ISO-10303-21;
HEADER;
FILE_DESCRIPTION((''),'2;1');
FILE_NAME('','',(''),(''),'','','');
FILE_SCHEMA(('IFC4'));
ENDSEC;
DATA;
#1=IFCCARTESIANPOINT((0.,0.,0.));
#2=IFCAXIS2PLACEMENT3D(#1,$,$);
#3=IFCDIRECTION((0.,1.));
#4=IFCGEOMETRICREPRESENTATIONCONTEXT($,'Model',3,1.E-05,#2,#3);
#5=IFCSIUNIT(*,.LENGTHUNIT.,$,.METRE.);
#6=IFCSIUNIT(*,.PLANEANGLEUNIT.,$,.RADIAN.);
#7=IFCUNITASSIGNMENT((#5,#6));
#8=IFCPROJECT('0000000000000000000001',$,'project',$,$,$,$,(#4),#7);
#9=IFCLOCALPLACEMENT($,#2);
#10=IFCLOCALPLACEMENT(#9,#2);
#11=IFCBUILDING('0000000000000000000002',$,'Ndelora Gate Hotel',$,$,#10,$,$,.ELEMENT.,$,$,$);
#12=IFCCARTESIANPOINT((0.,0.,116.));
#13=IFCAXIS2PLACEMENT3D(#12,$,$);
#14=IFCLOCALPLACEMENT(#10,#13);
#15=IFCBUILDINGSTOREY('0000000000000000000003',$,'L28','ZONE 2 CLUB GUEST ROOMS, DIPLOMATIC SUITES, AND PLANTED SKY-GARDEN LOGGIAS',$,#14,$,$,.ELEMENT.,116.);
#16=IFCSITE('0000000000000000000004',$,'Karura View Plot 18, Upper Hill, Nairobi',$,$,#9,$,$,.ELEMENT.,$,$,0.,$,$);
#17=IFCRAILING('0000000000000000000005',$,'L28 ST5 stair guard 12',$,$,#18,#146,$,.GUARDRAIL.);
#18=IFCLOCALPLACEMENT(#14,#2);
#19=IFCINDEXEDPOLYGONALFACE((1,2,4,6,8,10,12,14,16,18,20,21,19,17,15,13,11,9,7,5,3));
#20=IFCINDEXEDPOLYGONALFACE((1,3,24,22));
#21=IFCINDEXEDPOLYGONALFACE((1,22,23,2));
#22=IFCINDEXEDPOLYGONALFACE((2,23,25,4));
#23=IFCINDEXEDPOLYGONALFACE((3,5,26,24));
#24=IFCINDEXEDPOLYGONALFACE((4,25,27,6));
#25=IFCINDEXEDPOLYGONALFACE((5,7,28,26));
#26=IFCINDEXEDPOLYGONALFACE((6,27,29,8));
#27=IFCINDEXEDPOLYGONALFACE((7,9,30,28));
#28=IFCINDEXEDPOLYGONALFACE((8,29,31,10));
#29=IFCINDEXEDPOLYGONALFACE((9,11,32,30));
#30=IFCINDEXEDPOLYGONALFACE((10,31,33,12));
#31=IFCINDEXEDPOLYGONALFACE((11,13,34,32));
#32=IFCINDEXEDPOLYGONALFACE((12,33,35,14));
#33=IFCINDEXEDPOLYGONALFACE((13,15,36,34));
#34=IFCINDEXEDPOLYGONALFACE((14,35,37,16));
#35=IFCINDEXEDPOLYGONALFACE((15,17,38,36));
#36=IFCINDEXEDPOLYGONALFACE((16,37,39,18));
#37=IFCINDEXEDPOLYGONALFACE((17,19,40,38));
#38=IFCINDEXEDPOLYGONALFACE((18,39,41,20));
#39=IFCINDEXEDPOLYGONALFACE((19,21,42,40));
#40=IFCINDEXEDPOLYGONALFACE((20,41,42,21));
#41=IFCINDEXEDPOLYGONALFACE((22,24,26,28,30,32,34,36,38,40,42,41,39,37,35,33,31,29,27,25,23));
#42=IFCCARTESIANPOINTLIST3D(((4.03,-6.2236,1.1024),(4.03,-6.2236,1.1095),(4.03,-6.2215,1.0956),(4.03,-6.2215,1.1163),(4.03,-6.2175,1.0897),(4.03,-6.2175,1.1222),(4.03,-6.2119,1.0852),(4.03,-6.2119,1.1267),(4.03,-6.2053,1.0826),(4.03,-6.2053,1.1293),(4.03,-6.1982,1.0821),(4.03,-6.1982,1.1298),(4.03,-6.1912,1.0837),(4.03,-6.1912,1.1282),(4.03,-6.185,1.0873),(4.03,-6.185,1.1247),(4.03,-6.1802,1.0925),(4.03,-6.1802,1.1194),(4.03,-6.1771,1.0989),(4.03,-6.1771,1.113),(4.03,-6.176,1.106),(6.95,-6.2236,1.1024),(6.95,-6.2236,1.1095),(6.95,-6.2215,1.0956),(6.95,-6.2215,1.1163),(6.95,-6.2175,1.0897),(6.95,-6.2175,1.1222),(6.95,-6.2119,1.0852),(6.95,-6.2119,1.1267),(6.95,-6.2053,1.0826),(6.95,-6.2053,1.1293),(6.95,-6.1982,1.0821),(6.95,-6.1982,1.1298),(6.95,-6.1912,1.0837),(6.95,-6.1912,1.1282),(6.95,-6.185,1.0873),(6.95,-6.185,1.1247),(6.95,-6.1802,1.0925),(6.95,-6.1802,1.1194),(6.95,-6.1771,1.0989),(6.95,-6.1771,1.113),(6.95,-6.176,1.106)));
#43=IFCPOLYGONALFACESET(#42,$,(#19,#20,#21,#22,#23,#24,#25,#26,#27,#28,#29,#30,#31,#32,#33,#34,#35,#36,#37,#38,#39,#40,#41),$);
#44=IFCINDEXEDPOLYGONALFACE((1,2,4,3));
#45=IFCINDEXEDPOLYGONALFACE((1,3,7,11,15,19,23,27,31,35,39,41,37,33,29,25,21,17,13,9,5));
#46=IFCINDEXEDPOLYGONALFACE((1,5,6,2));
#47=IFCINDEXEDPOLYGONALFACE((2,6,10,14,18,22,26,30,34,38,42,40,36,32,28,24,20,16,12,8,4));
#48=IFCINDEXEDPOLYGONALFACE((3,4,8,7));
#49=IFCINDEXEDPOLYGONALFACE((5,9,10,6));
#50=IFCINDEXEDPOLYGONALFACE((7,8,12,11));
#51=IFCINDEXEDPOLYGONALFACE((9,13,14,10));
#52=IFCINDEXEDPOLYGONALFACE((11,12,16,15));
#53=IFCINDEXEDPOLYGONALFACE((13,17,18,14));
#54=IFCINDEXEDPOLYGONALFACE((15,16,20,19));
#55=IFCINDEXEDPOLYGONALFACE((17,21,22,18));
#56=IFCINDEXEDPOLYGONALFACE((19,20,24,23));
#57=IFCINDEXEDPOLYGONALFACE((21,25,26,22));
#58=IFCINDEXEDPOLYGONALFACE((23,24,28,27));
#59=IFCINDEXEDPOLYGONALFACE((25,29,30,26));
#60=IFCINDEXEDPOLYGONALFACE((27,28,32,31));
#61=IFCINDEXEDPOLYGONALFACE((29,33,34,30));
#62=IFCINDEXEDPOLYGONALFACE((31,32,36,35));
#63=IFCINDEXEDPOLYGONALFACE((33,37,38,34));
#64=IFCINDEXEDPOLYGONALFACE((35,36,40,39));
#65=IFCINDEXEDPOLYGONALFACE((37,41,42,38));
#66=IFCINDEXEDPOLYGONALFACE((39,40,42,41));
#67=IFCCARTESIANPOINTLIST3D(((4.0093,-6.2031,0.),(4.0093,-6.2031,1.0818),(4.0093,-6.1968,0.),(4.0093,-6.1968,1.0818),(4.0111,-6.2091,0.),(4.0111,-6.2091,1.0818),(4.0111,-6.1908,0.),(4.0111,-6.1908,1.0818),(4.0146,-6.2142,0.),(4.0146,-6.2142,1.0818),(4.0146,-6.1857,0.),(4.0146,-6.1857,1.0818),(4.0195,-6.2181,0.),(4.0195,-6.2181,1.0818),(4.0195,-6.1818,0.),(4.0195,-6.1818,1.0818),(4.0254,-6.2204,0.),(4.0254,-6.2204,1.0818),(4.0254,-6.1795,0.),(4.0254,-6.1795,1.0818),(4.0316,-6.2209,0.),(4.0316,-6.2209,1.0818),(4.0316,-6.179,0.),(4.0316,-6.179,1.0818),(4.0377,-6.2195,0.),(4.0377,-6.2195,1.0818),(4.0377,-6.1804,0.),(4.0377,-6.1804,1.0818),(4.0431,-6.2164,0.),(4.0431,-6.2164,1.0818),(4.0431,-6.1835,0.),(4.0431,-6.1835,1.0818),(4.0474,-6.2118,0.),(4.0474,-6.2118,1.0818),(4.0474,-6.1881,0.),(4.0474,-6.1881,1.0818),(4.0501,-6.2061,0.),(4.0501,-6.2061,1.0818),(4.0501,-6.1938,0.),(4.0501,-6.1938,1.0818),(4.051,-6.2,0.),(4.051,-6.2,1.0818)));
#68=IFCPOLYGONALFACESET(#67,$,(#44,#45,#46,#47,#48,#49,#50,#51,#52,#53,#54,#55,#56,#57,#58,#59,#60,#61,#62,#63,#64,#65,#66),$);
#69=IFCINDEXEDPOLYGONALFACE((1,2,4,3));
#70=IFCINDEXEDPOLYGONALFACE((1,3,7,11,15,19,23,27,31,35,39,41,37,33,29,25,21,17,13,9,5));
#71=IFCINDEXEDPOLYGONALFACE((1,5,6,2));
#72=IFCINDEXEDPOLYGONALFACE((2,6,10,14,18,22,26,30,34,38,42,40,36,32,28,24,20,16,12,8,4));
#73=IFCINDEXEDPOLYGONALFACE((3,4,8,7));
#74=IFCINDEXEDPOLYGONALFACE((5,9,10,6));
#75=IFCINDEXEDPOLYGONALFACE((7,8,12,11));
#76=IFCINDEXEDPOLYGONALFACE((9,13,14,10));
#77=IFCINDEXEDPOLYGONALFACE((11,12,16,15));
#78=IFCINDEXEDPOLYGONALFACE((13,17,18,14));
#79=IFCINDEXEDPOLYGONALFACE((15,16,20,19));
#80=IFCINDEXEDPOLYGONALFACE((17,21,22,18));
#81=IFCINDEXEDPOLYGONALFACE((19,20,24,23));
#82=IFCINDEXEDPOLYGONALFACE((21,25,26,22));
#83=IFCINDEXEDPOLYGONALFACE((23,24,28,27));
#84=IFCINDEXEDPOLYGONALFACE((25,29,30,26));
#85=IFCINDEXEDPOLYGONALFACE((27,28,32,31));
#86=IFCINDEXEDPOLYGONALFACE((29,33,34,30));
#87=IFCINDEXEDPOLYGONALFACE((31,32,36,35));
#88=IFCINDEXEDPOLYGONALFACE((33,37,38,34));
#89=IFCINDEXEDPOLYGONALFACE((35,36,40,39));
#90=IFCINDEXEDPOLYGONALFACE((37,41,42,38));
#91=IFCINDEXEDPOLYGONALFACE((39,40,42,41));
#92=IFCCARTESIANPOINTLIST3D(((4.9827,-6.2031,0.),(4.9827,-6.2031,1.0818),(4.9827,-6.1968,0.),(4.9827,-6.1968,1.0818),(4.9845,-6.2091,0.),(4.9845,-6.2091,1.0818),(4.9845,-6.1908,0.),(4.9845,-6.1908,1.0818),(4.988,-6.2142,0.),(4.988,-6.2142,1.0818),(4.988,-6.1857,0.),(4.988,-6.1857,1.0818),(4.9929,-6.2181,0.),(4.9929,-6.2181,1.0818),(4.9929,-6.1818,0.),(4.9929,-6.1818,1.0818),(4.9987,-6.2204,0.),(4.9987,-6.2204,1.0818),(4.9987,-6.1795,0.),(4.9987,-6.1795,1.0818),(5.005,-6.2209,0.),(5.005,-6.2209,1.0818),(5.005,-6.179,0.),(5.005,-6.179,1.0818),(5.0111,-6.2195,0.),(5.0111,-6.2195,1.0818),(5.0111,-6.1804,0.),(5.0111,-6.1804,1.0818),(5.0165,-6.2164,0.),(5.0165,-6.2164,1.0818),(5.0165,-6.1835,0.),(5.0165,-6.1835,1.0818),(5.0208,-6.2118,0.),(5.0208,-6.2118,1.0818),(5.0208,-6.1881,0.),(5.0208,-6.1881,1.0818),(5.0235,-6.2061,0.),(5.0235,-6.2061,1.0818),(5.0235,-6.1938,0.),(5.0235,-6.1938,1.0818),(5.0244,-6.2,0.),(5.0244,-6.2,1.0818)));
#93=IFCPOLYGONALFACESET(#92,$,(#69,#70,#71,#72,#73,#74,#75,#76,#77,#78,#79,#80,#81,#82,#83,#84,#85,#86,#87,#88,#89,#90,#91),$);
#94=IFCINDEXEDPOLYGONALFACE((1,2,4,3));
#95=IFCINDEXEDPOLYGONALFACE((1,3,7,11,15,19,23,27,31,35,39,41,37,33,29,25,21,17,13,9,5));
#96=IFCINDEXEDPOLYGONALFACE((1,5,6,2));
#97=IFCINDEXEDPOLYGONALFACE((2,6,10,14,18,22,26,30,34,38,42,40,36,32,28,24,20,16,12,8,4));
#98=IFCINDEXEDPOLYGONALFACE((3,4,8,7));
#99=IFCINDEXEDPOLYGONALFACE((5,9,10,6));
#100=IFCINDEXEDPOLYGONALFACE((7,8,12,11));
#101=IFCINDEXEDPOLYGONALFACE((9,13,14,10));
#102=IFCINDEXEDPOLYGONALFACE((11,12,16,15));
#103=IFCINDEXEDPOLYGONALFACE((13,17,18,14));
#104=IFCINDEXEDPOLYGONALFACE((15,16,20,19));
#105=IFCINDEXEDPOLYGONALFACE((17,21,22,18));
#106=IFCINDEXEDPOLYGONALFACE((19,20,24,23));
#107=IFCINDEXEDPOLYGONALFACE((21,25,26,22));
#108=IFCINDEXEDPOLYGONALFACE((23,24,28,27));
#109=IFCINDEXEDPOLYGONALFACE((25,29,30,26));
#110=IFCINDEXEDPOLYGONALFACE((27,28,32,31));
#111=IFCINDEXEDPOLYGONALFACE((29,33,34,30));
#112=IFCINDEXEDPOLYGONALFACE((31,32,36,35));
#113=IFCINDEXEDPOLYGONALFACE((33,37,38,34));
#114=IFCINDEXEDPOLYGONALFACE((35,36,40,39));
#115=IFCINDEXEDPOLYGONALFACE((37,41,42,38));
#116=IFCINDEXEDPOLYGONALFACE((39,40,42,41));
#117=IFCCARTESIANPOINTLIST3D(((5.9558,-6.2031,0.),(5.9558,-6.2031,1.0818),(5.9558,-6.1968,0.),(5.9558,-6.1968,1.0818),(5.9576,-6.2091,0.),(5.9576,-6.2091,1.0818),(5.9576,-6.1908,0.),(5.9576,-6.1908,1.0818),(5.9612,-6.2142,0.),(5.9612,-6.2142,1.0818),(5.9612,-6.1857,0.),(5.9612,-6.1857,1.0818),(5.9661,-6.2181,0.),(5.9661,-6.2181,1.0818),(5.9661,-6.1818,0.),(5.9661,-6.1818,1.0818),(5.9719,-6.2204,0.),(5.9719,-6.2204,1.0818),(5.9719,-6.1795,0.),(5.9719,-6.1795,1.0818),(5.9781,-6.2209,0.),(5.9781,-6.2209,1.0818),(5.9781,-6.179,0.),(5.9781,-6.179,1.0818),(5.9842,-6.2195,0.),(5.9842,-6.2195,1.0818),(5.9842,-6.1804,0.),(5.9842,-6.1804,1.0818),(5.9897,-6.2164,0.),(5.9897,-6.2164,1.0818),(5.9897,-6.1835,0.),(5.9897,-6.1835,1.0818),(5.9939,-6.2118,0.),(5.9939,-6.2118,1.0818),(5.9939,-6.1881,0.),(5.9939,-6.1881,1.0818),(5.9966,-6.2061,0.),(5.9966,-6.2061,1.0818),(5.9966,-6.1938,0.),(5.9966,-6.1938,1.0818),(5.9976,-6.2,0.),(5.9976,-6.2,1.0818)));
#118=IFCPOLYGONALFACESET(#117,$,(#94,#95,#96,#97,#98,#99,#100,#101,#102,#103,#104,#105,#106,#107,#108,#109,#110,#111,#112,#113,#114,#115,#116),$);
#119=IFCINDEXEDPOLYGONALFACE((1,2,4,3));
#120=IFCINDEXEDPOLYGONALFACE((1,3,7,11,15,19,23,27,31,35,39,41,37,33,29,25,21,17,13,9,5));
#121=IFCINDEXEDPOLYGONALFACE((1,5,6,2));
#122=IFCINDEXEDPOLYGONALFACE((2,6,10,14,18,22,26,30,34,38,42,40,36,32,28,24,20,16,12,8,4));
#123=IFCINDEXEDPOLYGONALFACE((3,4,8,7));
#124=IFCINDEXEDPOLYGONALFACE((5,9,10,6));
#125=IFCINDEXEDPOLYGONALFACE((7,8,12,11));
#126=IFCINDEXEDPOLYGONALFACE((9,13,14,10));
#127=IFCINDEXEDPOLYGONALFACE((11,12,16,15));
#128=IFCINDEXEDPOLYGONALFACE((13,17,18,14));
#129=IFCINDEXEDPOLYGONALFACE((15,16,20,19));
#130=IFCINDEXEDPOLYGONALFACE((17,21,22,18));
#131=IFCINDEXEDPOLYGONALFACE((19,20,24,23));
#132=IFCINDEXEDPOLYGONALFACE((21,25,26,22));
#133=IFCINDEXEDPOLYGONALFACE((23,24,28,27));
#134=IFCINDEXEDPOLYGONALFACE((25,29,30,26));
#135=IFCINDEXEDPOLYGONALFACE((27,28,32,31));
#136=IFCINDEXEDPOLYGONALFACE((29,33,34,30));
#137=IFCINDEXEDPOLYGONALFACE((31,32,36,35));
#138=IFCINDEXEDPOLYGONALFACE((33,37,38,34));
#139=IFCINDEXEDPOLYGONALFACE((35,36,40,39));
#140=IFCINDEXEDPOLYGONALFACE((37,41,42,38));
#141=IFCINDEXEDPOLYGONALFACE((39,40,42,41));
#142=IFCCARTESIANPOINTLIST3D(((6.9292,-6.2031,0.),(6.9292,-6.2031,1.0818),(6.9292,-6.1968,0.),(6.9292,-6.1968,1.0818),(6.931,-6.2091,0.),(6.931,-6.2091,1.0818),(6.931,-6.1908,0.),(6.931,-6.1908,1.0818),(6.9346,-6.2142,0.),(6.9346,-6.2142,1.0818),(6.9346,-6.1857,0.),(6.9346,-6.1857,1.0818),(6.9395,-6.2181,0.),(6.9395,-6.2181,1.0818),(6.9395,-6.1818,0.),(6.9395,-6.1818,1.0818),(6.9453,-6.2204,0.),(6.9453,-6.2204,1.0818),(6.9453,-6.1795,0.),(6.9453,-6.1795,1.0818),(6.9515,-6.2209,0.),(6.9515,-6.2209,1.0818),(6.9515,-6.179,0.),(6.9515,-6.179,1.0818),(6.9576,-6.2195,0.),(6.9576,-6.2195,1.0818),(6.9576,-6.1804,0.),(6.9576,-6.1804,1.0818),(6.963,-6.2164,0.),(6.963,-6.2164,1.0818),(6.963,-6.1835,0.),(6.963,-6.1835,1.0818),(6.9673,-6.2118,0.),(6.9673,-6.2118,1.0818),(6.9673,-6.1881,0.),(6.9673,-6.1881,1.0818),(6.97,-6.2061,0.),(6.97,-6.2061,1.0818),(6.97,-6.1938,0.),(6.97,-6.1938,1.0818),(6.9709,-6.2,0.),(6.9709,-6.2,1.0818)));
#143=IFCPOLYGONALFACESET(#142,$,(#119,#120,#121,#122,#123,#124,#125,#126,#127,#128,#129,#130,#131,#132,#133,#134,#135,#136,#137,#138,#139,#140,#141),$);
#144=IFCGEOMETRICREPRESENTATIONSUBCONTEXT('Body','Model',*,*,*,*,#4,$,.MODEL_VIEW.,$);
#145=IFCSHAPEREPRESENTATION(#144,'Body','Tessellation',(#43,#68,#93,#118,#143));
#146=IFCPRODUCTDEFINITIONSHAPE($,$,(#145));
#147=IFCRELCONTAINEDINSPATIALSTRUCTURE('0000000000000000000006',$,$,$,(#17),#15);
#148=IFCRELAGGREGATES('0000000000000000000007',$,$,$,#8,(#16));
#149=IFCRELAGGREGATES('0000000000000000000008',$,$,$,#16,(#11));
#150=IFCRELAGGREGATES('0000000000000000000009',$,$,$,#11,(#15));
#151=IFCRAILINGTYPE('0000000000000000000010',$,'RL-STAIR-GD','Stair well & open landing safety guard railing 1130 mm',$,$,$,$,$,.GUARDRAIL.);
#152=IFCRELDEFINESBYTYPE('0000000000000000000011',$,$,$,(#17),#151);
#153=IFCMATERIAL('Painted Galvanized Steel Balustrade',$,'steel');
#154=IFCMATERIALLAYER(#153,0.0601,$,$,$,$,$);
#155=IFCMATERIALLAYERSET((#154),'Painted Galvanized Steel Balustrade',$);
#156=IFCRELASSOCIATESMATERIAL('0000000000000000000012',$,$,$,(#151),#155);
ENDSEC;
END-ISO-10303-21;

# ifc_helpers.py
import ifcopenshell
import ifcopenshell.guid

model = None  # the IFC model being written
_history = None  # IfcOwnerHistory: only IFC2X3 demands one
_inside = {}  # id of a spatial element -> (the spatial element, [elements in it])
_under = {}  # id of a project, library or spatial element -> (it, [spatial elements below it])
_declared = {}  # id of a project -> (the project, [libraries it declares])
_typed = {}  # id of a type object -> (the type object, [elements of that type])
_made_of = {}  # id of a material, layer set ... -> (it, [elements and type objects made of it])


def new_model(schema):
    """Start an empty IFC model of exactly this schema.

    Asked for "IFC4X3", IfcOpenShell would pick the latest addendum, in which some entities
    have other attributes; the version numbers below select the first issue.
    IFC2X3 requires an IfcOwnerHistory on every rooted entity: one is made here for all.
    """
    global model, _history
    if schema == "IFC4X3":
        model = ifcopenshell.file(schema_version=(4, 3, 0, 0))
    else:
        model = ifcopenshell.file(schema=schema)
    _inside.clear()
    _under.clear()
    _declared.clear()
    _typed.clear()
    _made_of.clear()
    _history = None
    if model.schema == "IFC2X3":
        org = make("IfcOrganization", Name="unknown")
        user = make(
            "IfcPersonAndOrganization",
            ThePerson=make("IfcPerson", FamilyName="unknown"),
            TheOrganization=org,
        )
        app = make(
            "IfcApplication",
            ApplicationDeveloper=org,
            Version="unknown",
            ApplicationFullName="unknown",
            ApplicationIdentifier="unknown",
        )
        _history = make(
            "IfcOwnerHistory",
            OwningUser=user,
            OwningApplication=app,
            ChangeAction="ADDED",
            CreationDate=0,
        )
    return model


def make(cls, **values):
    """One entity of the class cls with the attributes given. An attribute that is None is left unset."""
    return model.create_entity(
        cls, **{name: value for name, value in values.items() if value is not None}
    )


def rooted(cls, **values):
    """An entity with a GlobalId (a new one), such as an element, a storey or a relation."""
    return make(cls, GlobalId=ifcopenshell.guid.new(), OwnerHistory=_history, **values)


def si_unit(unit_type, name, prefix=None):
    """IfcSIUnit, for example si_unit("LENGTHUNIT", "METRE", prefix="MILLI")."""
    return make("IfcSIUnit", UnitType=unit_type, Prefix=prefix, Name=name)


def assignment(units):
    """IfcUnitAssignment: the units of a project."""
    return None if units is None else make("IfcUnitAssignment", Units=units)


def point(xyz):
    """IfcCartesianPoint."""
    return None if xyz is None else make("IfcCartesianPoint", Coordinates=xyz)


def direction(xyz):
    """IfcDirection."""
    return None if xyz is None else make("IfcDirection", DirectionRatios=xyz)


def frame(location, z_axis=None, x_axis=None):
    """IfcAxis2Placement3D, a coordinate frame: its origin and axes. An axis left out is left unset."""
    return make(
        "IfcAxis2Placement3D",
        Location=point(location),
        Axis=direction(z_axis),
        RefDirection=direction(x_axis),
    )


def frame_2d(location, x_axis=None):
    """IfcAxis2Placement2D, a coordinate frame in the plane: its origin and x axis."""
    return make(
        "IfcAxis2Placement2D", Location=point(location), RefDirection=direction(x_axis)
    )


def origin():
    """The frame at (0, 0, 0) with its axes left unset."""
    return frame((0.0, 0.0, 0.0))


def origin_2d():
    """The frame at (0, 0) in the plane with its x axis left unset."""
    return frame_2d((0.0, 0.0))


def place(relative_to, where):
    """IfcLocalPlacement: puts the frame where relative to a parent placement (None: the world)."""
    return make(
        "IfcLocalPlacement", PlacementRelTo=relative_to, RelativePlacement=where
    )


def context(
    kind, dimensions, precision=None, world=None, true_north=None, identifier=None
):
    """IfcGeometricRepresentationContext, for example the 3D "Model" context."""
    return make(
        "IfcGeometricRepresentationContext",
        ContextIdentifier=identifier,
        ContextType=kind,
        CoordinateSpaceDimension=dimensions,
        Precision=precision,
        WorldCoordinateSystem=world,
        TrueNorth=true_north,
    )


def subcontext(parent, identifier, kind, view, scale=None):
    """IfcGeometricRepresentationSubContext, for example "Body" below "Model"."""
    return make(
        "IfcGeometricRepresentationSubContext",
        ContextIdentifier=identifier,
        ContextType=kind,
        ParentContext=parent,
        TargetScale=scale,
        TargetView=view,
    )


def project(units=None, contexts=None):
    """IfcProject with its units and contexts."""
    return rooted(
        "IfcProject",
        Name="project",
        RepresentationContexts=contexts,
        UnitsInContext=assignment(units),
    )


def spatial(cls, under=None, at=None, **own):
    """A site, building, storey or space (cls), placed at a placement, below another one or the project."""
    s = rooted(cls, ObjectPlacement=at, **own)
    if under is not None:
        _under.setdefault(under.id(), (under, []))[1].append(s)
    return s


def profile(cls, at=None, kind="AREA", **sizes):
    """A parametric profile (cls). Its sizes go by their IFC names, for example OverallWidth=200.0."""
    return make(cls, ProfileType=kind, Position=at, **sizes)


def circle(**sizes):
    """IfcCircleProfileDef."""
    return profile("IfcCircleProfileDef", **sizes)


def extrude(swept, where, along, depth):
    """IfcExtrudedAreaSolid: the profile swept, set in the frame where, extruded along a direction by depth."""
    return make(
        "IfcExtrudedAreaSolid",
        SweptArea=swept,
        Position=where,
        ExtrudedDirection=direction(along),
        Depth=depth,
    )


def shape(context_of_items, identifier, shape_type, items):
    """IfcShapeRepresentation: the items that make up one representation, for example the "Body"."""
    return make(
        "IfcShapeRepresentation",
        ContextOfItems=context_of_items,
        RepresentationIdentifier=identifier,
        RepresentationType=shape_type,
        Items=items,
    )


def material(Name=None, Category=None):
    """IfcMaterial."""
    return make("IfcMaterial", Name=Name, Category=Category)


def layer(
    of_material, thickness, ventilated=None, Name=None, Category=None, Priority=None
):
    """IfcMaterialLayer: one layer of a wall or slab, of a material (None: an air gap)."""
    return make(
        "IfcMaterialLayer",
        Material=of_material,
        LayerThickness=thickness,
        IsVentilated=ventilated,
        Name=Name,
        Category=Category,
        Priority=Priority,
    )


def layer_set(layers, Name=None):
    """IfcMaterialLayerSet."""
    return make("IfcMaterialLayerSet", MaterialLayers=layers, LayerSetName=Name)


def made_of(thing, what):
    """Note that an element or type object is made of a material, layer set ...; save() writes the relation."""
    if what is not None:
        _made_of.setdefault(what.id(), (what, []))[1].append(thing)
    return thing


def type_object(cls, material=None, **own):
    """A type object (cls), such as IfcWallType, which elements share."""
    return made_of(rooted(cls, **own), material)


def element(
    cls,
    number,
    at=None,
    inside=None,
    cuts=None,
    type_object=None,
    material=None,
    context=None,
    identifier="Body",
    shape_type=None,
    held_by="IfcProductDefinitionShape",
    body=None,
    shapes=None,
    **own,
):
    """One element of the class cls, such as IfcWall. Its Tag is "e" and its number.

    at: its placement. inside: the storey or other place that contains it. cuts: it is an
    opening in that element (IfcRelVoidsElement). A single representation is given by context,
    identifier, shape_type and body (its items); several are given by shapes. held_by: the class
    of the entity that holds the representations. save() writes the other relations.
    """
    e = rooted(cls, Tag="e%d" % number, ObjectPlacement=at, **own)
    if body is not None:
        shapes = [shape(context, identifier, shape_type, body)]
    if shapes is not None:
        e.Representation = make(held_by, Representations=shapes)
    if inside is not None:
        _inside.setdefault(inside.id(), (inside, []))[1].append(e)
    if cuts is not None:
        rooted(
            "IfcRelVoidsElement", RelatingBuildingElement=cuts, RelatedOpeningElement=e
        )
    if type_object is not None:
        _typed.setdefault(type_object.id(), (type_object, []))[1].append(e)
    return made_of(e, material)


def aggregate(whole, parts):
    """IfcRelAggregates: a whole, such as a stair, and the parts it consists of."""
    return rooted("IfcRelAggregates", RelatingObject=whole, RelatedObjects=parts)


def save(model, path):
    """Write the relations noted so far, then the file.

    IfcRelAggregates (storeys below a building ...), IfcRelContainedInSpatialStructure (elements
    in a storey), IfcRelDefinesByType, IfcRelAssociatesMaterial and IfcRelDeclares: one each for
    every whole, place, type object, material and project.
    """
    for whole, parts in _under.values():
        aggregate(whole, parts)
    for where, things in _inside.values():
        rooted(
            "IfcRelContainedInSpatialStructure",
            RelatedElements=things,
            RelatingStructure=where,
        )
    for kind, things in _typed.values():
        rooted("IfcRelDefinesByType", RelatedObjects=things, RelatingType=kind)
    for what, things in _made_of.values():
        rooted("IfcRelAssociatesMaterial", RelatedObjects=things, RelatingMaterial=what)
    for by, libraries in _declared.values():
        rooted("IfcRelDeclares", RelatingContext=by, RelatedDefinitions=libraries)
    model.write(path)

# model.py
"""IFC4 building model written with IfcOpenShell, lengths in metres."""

from ifc_helpers import new_model, si_unit, direction, frame, origin, origin_2d, place, context, subcontext, project, spatial, circle, extrude, material, layer, layer_set, type_object, element, save


model = new_model("IFC4")

# Units and contexts
model_context = context("Model", 3, precision=1e-05, world=origin(), true_north=direction((0.0, 1.0)))
body_context = subcontext(model_context, "Body", "Model", "MODEL_VIEW")
ifc_project = project(units=[si_unit("LENGTHUNIT", "METRE"), si_unit("PLANEANGLEUNIT", "RADIAN")], contexts=[model_context])

# Site, building, storey
site_placement = place(None, origin())
site = spatial("IfcSite", under=ifc_project, at=site_placement, Name="Karura View Plot 18, Upper Hill, Nairobi", CompositionType="ELEMENT", RefElevation=0.0)
building_placement = place(site_placement, origin())
building = spatial("IfcBuilding", under=site, at=building_placement, Name="Ndelora Gate Hotel", CompositionType="ELEMENT")
storey_placement = place(building_placement, frame((0.0, 0.0, 116.0)))
storey = spatial("IfcBuildingStorey", under=building, at=storey_placement, Name="L28", Description="ZONE 2 CLUB GUEST ROOMS, DIPLOMATIC SUITES, AND PLANTED SKY-GARDEN LOGGIAS", CompositionType="ELEMENT", Elevation=116.0)

# Railing
ifc_material_1 = material(Name="Painted Galvanized Steel Balustrade", Category="steel")
ifc_layer_1 = layer(ifc_material_1, 0.0601)
ifc_layer_set_1 = layer_set([ifc_layer_1], Name="Painted Galvanized Steel Balustrade")
railing_type_1 = type_object("IfcRailingType", Name="RL-STAIR-GD", Description="Stair well & open landing safety guard railing 1130 mm", PredefinedType="GUARDRAIL", material=ifc_layer_set_1)
railing_1_placement = place(storey_placement, frame((4.03, -6.2, 0.0)))
element("IfcRailing", 1, at=railing_1_placement, inside=storey, type_object=railing_type_1, Name="L28 ST5 stair guard 12", PredefinedType="GUARDRAIL", context=body_context, shape_type="SweptSolid", body=[
    extrude(circle(Radius=0.0239, at=origin_2d()), frame((0.0, 0.0, 1.106), z_axis=(1.0, 0.0, 0.0), x_axis=(0.0, 1.0, 0.0)), (0.0, 0.0, 1.0), 2.9199),
    extrude(circle(Radius=0.021, at=origin_2d()), origin(), (0.0, 0.0, 1.0), 1.0818),
    extrude(circle(Radius=0.021, at=origin_2d()), frame((0.9734, 0.0, 0.0)), (0.0, 0.0, 1.0), 1.0818),
    extrude(circle(Radius=0.021, at=origin_2d()), frame((1.9465, 0.0, 0.0)), (0.0, 0.0, 1.0), 1.0818),
    extrude(circle(Radius=0.021, at=origin_2d()), frame((2.9199, 0.0, 0.0)), (0.0, 0.0, 1.0), 1.0818),
])

save(model, "model.ifc")
